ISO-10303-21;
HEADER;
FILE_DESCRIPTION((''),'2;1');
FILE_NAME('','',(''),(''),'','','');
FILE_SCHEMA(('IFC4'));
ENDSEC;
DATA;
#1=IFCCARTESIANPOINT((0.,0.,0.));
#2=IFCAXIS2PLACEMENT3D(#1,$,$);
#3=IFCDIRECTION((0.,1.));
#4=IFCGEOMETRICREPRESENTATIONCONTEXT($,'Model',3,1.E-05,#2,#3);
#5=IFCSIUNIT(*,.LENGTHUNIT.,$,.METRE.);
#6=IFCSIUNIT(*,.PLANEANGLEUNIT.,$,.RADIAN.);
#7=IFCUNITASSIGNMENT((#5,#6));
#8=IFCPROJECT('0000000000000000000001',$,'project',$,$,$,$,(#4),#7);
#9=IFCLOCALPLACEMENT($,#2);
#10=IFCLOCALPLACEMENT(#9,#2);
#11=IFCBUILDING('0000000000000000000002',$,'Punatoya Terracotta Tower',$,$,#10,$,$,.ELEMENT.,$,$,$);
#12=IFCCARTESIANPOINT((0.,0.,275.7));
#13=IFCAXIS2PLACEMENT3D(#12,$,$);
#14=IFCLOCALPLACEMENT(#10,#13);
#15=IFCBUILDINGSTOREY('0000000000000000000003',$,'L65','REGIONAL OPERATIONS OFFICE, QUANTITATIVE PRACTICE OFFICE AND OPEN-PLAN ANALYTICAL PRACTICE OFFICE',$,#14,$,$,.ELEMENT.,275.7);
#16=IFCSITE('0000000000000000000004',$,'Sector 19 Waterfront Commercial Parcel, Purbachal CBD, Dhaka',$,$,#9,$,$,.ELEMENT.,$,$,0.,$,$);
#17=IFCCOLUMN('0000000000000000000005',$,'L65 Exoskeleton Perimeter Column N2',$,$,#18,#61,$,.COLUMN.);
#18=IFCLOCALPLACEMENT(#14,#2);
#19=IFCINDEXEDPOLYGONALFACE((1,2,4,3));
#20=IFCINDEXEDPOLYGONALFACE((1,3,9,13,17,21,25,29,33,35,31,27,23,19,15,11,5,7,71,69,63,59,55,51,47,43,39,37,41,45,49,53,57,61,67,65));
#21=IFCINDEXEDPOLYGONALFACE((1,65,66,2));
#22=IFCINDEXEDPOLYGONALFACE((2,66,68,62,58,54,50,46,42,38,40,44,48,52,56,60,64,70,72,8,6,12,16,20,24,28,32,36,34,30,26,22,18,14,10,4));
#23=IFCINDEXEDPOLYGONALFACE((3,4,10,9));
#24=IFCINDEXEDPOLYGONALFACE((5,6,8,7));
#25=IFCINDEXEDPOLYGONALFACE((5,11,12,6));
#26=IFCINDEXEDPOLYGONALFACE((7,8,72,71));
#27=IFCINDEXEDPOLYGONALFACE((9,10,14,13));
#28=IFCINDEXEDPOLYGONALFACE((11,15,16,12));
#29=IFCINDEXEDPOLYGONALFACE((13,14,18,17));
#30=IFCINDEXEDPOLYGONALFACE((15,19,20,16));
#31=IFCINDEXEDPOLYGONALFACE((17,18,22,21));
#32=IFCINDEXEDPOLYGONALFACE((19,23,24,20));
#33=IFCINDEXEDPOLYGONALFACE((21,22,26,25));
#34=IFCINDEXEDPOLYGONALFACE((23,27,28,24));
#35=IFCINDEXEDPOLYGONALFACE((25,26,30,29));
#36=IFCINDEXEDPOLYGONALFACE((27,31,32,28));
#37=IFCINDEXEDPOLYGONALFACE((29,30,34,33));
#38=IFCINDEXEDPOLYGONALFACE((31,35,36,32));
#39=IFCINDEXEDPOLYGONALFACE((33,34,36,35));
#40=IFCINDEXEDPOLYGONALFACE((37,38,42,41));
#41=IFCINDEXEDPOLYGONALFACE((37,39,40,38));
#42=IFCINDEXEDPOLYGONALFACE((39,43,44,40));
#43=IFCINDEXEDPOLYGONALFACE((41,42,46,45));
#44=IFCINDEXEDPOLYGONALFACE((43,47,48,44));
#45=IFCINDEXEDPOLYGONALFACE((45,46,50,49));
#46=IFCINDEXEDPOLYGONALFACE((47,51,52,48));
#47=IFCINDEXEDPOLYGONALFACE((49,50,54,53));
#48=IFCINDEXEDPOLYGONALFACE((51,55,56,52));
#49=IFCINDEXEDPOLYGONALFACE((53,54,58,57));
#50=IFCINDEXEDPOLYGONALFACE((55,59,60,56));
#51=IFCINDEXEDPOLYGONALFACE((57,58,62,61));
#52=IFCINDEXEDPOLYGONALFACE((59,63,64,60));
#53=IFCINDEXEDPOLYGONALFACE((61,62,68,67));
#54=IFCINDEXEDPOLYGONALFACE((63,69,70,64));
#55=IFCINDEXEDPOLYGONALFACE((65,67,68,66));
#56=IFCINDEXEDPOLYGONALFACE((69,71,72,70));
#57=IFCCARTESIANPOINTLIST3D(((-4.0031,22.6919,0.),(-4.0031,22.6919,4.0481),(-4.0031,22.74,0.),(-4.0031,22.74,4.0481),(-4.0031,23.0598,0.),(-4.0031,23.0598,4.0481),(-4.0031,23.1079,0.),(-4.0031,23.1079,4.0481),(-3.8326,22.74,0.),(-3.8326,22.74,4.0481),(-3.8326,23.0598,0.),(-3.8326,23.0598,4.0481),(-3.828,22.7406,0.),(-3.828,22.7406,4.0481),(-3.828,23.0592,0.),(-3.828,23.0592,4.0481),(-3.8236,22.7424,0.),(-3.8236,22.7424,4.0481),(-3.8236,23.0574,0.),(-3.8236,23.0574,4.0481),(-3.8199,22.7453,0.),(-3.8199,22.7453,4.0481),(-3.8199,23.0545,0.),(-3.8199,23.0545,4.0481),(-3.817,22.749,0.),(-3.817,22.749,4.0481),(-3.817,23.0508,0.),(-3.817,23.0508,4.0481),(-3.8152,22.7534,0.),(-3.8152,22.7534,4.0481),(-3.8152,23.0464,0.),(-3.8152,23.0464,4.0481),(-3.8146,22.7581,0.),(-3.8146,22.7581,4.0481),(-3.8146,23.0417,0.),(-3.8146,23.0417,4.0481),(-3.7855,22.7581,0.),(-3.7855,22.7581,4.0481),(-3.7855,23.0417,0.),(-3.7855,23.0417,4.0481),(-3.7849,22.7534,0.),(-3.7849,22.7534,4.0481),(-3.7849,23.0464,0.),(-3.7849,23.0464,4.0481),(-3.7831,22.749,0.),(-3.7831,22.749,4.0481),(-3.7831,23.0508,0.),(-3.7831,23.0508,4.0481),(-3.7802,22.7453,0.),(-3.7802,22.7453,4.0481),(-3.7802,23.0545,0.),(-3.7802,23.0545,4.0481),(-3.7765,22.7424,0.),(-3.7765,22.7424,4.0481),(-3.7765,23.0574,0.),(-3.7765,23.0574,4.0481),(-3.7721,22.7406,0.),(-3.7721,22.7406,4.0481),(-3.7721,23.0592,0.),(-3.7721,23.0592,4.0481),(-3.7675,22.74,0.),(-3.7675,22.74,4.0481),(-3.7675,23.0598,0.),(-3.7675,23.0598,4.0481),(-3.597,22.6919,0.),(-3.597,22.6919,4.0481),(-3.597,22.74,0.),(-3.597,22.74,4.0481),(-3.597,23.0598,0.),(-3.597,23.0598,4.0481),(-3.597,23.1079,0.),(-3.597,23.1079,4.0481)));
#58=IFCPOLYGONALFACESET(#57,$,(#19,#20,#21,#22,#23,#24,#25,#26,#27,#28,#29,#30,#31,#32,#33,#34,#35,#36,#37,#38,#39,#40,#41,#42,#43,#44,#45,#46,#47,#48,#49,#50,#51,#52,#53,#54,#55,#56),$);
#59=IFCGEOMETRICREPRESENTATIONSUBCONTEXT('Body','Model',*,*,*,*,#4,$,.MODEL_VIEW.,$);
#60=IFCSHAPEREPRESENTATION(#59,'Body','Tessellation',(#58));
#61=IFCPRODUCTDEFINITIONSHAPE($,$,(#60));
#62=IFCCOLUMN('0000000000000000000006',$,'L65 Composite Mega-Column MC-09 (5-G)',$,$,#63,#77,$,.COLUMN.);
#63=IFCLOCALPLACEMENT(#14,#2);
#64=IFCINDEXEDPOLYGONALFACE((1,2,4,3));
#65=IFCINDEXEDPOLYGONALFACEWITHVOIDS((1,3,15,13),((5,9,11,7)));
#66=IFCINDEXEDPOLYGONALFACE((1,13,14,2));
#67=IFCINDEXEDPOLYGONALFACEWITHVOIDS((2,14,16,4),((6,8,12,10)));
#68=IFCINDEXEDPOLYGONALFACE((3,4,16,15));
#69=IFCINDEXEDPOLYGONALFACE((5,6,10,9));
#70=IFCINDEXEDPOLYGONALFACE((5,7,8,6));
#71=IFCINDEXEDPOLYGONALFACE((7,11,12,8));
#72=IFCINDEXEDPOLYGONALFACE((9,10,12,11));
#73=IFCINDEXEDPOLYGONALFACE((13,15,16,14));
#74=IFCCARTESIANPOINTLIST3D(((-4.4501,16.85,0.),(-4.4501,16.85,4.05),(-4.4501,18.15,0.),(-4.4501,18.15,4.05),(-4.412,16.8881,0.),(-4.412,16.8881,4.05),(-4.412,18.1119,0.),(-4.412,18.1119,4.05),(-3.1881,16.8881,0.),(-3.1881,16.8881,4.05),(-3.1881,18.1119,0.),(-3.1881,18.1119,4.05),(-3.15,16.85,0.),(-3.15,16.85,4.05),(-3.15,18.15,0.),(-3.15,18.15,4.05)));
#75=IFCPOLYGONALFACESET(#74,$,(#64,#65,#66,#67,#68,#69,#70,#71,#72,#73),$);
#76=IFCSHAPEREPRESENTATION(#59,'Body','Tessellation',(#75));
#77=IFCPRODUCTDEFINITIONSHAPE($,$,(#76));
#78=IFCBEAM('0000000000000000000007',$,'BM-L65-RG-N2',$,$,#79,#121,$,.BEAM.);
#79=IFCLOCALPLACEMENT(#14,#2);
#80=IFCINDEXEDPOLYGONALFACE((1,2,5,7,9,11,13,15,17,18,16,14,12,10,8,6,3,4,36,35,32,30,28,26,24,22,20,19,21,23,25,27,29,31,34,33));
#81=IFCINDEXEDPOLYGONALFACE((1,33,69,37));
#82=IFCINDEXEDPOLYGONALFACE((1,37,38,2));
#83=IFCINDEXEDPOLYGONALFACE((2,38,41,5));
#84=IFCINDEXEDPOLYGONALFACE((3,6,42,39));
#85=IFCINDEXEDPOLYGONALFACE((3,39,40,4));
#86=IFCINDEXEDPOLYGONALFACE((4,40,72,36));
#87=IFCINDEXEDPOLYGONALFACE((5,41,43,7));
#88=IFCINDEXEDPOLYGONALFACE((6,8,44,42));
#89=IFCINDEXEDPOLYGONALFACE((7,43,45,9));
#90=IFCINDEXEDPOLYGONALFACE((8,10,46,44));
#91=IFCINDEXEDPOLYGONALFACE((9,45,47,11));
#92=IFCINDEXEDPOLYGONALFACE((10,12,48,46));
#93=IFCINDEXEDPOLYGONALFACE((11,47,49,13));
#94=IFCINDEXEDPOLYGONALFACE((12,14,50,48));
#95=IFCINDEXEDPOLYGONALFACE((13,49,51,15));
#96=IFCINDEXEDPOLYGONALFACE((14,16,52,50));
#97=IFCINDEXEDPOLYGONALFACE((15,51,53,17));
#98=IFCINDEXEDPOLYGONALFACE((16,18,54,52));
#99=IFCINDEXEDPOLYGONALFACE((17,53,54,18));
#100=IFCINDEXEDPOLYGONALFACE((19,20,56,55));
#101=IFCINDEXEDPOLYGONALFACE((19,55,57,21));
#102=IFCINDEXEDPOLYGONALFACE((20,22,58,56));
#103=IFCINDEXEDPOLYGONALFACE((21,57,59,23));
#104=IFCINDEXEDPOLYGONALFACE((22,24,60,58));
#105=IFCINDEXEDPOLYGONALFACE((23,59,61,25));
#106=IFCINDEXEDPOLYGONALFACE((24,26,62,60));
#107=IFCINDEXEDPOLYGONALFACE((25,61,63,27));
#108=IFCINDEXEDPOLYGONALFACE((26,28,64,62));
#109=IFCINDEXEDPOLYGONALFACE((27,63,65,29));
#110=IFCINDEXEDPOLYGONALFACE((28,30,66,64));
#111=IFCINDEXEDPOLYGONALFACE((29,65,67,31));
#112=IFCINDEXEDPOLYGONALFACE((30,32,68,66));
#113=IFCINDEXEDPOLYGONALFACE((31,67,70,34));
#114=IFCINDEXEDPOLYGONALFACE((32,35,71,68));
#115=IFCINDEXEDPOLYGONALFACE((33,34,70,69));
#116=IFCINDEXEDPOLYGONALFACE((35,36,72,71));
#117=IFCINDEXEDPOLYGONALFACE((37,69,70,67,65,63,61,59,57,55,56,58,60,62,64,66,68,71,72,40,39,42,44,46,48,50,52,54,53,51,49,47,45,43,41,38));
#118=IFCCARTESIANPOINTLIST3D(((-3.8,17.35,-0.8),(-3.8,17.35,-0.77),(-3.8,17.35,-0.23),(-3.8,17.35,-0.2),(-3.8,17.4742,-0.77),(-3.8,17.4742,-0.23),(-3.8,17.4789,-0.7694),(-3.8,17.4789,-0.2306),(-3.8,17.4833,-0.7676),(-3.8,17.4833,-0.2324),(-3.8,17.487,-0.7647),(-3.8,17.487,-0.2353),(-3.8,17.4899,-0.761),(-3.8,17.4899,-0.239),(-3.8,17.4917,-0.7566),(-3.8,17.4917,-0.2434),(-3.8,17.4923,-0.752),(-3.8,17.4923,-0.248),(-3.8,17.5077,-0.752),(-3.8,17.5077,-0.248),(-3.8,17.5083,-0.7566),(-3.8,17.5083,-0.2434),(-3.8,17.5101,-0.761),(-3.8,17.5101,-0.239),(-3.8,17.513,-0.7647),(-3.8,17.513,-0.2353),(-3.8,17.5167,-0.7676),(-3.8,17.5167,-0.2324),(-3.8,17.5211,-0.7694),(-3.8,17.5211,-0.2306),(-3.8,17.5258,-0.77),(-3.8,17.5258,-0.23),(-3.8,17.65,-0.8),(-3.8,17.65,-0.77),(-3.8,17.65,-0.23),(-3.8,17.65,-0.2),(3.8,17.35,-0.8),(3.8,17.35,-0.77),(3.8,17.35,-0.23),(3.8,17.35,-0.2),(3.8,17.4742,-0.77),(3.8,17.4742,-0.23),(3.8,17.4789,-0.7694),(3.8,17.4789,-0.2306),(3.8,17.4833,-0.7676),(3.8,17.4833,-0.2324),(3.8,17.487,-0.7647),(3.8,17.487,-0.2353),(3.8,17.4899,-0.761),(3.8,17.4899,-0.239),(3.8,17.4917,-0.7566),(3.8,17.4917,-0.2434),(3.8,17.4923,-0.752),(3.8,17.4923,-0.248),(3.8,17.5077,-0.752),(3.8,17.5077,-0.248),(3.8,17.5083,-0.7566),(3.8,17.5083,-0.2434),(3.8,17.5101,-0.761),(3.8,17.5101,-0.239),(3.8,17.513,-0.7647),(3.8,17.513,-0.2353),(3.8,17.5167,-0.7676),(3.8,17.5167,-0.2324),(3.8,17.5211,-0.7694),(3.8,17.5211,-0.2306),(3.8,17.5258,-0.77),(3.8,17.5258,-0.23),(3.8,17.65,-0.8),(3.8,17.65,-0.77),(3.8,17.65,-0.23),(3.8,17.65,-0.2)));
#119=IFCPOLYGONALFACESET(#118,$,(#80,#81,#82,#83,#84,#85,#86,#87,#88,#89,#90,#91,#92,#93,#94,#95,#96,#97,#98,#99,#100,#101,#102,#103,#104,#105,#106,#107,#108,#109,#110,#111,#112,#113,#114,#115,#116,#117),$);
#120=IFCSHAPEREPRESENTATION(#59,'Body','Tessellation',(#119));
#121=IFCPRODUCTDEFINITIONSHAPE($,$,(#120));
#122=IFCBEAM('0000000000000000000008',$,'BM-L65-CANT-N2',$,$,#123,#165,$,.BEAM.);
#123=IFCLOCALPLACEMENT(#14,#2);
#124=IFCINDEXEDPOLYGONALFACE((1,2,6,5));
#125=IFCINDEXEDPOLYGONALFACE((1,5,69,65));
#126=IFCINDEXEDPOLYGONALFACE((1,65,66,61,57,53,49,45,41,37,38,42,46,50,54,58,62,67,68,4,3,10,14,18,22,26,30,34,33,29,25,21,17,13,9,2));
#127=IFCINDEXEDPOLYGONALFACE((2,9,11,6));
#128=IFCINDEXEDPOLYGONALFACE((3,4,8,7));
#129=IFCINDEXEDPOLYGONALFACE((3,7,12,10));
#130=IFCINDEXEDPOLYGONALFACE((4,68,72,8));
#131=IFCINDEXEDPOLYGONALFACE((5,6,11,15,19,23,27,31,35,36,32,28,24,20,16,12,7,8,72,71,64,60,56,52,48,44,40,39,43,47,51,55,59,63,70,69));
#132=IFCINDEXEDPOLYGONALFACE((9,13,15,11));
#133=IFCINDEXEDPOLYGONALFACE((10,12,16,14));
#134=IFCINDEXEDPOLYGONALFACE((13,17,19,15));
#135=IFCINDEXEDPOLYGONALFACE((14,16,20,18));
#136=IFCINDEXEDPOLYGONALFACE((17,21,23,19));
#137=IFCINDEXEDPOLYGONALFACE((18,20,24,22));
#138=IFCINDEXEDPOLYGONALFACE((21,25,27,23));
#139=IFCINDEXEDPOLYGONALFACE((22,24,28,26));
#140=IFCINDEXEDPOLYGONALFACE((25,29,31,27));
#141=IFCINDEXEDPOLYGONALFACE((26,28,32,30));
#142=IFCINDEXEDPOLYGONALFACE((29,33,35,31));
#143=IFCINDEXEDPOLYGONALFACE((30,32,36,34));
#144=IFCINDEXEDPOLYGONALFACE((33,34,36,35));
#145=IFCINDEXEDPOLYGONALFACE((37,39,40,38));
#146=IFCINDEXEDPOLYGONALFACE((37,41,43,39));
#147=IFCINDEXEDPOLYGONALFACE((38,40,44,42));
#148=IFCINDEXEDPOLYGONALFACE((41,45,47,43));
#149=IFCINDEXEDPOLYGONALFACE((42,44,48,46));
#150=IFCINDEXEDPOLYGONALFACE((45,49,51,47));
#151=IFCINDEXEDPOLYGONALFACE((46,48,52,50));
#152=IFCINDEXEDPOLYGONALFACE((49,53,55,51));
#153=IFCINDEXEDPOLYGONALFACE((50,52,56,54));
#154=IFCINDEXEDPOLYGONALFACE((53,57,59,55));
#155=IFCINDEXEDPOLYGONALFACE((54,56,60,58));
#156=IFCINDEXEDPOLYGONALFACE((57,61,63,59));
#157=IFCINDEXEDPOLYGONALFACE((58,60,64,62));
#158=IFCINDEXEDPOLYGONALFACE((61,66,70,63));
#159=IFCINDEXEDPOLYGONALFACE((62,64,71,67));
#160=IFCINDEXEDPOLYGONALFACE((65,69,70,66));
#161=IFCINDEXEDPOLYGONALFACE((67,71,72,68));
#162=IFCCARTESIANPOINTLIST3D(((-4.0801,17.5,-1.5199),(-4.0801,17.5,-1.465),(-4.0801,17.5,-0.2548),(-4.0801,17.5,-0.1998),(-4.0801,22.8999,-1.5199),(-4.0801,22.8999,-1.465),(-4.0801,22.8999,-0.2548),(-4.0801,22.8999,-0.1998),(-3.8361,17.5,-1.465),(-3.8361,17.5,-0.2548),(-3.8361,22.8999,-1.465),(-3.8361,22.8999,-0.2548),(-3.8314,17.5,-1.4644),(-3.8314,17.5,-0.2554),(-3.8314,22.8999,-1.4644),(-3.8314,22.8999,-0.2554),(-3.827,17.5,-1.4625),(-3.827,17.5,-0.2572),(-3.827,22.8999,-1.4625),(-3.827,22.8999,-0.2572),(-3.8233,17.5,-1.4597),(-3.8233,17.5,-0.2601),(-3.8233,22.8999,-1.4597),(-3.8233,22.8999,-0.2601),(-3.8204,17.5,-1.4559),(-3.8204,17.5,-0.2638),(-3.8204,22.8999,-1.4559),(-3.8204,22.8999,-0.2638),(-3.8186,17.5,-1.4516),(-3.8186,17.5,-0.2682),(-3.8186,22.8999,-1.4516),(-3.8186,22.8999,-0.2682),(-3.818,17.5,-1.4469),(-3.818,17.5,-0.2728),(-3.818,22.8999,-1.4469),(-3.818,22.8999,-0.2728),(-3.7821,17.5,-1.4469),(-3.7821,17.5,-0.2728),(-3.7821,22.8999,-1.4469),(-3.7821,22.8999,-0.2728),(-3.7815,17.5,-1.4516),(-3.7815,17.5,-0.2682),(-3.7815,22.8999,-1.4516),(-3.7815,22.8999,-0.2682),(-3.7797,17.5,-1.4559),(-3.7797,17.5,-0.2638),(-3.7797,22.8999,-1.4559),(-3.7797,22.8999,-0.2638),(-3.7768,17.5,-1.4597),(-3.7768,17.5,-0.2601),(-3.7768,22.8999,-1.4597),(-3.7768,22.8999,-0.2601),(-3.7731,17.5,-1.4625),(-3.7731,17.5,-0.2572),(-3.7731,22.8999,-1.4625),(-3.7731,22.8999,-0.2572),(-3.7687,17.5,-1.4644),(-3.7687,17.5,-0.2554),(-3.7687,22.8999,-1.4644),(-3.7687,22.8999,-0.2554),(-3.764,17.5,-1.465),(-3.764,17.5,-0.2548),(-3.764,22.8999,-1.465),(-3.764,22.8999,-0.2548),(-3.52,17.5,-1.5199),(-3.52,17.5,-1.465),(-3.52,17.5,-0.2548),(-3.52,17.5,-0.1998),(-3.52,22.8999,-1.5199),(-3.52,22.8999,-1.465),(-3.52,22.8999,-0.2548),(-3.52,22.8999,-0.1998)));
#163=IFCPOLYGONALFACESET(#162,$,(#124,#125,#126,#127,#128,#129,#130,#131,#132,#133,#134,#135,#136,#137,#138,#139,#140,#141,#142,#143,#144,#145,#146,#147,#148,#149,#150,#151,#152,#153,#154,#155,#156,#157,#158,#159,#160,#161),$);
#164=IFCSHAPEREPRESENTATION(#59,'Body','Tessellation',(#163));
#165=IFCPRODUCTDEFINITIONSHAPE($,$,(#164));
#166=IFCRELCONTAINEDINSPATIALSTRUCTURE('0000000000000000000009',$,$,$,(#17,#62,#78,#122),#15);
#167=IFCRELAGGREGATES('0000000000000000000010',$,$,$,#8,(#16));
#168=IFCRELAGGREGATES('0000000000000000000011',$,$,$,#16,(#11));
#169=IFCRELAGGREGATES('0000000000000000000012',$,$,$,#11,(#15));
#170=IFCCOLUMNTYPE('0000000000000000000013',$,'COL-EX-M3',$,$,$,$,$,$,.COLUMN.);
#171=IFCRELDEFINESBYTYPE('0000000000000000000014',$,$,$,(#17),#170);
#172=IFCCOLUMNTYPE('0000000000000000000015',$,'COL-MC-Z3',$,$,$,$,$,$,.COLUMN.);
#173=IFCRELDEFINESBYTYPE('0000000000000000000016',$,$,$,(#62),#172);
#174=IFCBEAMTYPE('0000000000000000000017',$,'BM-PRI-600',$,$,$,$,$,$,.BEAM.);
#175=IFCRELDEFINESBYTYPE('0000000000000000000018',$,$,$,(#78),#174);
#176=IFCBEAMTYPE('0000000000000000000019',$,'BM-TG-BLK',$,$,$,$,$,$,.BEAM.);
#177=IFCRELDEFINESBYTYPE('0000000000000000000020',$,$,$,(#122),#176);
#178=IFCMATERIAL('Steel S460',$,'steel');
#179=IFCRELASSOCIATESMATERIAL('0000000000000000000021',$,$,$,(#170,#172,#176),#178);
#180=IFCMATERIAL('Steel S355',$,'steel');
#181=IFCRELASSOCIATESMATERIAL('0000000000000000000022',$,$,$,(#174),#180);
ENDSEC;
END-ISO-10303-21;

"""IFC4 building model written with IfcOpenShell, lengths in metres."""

from ifc_helpers import new_model, si_unit, direction, frame, origin, origin_2d, place, context, subcontext, project, spatial, hollow_rectangle, i_section, extrude, material, material_profile, profile_set, type_object, element, save


model = new_model("IFC4")

# Units and contexts
model_context = context("Model", 3, precision=1e-05, world=origin(), true_north=direction((0.0, 1.0)))
body_context = subcontext(model_context, "Body", "Model", "MODEL_VIEW")
ifc_project = project(units=[si_unit("LENGTHUNIT", "METRE"), si_unit("PLANEANGLEUNIT", "RADIAN")], contexts=[model_context])

# Site, building, storey
site_placement = place(None, origin())
site = spatial("IfcSite", under=ifc_project, at=site_placement, Name="Sector 19 Waterfront Commercial Parcel, Purbachal CBD, Dhaka", CompositionType="ELEMENT", RefElevation=0.0)
building_placement = place(site_placement, origin())
building = spatial("IfcBuilding", under=site, at=building_placement, Name="Punatoya Terracotta Tower", CompositionType="ELEMENT")
storey_placement = place(building_placement, frame((0.0, 0.0, 275.7)))
storey = spatial("IfcBuildingStorey", under=building, at=storey_placement, Name="L65", Description="REGIONAL OPERATIONS OFFICE, QUANTITATIVE PRACTICE OFFICE AND OPEN-PLAN ANALYTICAL PRACTICE OFFICE", CompositionType="ELEMENT", Elevation=275.7)

# Columns
ifc_material_1 = material(Name="Steel S460", Category="steel")
ifc_material_profile_1 = material_profile(ifc_material_1, i_section(OverallWidth=0.406, OverallDepth=0.416, WebThickness=0.0291, FlangeThickness=0.0481, FilletRadius=0.0181, at=origin_2d()))
ifc_profile_set_1 = profile_set([ifc_material_profile_1], Name="Steel S460")
column_type_1 = type_object("IfcColumnType", Name="COL-EX-M3", PredefinedType="COLUMN", material=ifc_profile_set_1)
column_1_placement = place(storey_placement, frame((-3.8, 22.8999, 0.0), z_axis=(0.0, 0.0, 1.0), x_axis=(1.0, 0.0, 0.0)))
element("IfcColumn", 1, at=column_1_placement, inside=storey, type_object=column_type_1, Name="L65 Exoskeleton Perimeter Column N2", PredefinedType="COLUMN", context=body_context, shape_type="SweptSolid", body=[
    extrude(i_section(OverallWidth=0.406, OverallDepth=0.416, WebThickness=0.0291, FlangeThickness=0.0481, FilletRadius=0.0181, at=origin_2d()), origin(), (0.0, 0.0, 1.0), 4.0481),
])
ifc_material_profile_2 = material_profile(ifc_material_1, hollow_rectangle(XDim=1.3, YDim=1.3, WallThickness=0.0381, at=origin_2d()))
ifc_profile_set_2 = profile_set([ifc_material_profile_2], Name="Steel S460")
column_type_2 = type_object("IfcColumnType", Name="COL-MC-Z3", PredefinedType="COLUMN", material=ifc_profile_set_2)
column_2_placement = place(storey_placement, frame((-3.8, 17.5, 0.0), z_axis=(0.0, 0.0, 1.0), x_axis=(1.0, 0.0, 0.0)))
element("IfcColumn", 2, at=column_2_placement, inside=storey, type_object=column_type_2, Name="L65 Composite Mega-Column MC-09 (5-G)", PredefinedType="COLUMN", context=body_context, shape_type="SweptSolid", body=[
    extrude(hollow_rectangle(XDim=1.3, YDim=1.3, WallThickness=0.0381, at=origin_2d()), origin(), (0.0, 0.0, 1.0), 4.05),
])

# Beams
ifc_material_2 = material(Name="Steel S355", Category="steel")
ifc_material_profile_3 = material_profile(ifc_material_2, i_section(OverallWidth=0.3, OverallDepth=0.6001, WebThickness=0.0154, FlangeThickness=0.03, FilletRadius=0.0181, at=origin_2d()))
ifc_profile_set_3 = profile_set([ifc_material_profile_3], Name="Steel S355")
beam_type_1 = type_object("IfcBeamType", Name="BM-PRI-600", PredefinedType="BEAM", material=ifc_profile_set_3)
beam_1_placement = place(storey_placement, frame((-3.8, 17.5, -0.5), z_axis=(1.0, 0.0, 0.0), x_axis=(0.0, 1.0, 0.0)))
element("IfcBeam", 3, at=beam_1_placement, inside=storey, type_object=beam_type_1, Name="BM-L65-RG-N2", PredefinedType="BEAM", context=body_context, shape_type="SweptSolid", body=[
    extrude(i_section(OverallWidth=0.3, OverallDepth=0.6001, WebThickness=0.0154, FlangeThickness=0.03, FilletRadius=0.0181, at=origin_2d()), origin(), (0.0, 0.0, 1.0), 7.6001),
])
ifc_material_profile_4 = material_profile(ifc_material_1, i_section(OverallWidth=0.5601, OverallDepth=1.3201, WebThickness=0.0359, FlangeThickness=0.0549, FilletRadius=0.0181, at=origin_2d()))
ifc_profile_set_4 = profile_set([ifc_material_profile_4], Name="Steel S460")
beam_type_2 = type_object("IfcBeamType", Name="BM-TG-BLK", PredefinedType="BEAM", material=ifc_profile_set_4)
beam_2_placement = place(storey_placement, frame((-3.8, 17.5, -0.8599), z_axis=(0.0, 1.0, 0.0), x_axis=(-1.0, 0.0, 0.0)))
element("IfcBeam", 4, at=beam_2_placement, inside=storey, type_object=beam_type_2, Name="BM-L65-CANT-N2", PredefinedType="BEAM", context=body_context, shape_type="SweptSolid", body=[
    extrude(i_section(OverallWidth=0.5601, OverallDepth=1.3201, WebThickness=0.0359, FlangeThickness=0.0549, FilletRadius=0.0181, at=origin_2d()), origin(), (0.0, 0.0, 1.0), 5.3999),
])

save(model, "model.ifc")
